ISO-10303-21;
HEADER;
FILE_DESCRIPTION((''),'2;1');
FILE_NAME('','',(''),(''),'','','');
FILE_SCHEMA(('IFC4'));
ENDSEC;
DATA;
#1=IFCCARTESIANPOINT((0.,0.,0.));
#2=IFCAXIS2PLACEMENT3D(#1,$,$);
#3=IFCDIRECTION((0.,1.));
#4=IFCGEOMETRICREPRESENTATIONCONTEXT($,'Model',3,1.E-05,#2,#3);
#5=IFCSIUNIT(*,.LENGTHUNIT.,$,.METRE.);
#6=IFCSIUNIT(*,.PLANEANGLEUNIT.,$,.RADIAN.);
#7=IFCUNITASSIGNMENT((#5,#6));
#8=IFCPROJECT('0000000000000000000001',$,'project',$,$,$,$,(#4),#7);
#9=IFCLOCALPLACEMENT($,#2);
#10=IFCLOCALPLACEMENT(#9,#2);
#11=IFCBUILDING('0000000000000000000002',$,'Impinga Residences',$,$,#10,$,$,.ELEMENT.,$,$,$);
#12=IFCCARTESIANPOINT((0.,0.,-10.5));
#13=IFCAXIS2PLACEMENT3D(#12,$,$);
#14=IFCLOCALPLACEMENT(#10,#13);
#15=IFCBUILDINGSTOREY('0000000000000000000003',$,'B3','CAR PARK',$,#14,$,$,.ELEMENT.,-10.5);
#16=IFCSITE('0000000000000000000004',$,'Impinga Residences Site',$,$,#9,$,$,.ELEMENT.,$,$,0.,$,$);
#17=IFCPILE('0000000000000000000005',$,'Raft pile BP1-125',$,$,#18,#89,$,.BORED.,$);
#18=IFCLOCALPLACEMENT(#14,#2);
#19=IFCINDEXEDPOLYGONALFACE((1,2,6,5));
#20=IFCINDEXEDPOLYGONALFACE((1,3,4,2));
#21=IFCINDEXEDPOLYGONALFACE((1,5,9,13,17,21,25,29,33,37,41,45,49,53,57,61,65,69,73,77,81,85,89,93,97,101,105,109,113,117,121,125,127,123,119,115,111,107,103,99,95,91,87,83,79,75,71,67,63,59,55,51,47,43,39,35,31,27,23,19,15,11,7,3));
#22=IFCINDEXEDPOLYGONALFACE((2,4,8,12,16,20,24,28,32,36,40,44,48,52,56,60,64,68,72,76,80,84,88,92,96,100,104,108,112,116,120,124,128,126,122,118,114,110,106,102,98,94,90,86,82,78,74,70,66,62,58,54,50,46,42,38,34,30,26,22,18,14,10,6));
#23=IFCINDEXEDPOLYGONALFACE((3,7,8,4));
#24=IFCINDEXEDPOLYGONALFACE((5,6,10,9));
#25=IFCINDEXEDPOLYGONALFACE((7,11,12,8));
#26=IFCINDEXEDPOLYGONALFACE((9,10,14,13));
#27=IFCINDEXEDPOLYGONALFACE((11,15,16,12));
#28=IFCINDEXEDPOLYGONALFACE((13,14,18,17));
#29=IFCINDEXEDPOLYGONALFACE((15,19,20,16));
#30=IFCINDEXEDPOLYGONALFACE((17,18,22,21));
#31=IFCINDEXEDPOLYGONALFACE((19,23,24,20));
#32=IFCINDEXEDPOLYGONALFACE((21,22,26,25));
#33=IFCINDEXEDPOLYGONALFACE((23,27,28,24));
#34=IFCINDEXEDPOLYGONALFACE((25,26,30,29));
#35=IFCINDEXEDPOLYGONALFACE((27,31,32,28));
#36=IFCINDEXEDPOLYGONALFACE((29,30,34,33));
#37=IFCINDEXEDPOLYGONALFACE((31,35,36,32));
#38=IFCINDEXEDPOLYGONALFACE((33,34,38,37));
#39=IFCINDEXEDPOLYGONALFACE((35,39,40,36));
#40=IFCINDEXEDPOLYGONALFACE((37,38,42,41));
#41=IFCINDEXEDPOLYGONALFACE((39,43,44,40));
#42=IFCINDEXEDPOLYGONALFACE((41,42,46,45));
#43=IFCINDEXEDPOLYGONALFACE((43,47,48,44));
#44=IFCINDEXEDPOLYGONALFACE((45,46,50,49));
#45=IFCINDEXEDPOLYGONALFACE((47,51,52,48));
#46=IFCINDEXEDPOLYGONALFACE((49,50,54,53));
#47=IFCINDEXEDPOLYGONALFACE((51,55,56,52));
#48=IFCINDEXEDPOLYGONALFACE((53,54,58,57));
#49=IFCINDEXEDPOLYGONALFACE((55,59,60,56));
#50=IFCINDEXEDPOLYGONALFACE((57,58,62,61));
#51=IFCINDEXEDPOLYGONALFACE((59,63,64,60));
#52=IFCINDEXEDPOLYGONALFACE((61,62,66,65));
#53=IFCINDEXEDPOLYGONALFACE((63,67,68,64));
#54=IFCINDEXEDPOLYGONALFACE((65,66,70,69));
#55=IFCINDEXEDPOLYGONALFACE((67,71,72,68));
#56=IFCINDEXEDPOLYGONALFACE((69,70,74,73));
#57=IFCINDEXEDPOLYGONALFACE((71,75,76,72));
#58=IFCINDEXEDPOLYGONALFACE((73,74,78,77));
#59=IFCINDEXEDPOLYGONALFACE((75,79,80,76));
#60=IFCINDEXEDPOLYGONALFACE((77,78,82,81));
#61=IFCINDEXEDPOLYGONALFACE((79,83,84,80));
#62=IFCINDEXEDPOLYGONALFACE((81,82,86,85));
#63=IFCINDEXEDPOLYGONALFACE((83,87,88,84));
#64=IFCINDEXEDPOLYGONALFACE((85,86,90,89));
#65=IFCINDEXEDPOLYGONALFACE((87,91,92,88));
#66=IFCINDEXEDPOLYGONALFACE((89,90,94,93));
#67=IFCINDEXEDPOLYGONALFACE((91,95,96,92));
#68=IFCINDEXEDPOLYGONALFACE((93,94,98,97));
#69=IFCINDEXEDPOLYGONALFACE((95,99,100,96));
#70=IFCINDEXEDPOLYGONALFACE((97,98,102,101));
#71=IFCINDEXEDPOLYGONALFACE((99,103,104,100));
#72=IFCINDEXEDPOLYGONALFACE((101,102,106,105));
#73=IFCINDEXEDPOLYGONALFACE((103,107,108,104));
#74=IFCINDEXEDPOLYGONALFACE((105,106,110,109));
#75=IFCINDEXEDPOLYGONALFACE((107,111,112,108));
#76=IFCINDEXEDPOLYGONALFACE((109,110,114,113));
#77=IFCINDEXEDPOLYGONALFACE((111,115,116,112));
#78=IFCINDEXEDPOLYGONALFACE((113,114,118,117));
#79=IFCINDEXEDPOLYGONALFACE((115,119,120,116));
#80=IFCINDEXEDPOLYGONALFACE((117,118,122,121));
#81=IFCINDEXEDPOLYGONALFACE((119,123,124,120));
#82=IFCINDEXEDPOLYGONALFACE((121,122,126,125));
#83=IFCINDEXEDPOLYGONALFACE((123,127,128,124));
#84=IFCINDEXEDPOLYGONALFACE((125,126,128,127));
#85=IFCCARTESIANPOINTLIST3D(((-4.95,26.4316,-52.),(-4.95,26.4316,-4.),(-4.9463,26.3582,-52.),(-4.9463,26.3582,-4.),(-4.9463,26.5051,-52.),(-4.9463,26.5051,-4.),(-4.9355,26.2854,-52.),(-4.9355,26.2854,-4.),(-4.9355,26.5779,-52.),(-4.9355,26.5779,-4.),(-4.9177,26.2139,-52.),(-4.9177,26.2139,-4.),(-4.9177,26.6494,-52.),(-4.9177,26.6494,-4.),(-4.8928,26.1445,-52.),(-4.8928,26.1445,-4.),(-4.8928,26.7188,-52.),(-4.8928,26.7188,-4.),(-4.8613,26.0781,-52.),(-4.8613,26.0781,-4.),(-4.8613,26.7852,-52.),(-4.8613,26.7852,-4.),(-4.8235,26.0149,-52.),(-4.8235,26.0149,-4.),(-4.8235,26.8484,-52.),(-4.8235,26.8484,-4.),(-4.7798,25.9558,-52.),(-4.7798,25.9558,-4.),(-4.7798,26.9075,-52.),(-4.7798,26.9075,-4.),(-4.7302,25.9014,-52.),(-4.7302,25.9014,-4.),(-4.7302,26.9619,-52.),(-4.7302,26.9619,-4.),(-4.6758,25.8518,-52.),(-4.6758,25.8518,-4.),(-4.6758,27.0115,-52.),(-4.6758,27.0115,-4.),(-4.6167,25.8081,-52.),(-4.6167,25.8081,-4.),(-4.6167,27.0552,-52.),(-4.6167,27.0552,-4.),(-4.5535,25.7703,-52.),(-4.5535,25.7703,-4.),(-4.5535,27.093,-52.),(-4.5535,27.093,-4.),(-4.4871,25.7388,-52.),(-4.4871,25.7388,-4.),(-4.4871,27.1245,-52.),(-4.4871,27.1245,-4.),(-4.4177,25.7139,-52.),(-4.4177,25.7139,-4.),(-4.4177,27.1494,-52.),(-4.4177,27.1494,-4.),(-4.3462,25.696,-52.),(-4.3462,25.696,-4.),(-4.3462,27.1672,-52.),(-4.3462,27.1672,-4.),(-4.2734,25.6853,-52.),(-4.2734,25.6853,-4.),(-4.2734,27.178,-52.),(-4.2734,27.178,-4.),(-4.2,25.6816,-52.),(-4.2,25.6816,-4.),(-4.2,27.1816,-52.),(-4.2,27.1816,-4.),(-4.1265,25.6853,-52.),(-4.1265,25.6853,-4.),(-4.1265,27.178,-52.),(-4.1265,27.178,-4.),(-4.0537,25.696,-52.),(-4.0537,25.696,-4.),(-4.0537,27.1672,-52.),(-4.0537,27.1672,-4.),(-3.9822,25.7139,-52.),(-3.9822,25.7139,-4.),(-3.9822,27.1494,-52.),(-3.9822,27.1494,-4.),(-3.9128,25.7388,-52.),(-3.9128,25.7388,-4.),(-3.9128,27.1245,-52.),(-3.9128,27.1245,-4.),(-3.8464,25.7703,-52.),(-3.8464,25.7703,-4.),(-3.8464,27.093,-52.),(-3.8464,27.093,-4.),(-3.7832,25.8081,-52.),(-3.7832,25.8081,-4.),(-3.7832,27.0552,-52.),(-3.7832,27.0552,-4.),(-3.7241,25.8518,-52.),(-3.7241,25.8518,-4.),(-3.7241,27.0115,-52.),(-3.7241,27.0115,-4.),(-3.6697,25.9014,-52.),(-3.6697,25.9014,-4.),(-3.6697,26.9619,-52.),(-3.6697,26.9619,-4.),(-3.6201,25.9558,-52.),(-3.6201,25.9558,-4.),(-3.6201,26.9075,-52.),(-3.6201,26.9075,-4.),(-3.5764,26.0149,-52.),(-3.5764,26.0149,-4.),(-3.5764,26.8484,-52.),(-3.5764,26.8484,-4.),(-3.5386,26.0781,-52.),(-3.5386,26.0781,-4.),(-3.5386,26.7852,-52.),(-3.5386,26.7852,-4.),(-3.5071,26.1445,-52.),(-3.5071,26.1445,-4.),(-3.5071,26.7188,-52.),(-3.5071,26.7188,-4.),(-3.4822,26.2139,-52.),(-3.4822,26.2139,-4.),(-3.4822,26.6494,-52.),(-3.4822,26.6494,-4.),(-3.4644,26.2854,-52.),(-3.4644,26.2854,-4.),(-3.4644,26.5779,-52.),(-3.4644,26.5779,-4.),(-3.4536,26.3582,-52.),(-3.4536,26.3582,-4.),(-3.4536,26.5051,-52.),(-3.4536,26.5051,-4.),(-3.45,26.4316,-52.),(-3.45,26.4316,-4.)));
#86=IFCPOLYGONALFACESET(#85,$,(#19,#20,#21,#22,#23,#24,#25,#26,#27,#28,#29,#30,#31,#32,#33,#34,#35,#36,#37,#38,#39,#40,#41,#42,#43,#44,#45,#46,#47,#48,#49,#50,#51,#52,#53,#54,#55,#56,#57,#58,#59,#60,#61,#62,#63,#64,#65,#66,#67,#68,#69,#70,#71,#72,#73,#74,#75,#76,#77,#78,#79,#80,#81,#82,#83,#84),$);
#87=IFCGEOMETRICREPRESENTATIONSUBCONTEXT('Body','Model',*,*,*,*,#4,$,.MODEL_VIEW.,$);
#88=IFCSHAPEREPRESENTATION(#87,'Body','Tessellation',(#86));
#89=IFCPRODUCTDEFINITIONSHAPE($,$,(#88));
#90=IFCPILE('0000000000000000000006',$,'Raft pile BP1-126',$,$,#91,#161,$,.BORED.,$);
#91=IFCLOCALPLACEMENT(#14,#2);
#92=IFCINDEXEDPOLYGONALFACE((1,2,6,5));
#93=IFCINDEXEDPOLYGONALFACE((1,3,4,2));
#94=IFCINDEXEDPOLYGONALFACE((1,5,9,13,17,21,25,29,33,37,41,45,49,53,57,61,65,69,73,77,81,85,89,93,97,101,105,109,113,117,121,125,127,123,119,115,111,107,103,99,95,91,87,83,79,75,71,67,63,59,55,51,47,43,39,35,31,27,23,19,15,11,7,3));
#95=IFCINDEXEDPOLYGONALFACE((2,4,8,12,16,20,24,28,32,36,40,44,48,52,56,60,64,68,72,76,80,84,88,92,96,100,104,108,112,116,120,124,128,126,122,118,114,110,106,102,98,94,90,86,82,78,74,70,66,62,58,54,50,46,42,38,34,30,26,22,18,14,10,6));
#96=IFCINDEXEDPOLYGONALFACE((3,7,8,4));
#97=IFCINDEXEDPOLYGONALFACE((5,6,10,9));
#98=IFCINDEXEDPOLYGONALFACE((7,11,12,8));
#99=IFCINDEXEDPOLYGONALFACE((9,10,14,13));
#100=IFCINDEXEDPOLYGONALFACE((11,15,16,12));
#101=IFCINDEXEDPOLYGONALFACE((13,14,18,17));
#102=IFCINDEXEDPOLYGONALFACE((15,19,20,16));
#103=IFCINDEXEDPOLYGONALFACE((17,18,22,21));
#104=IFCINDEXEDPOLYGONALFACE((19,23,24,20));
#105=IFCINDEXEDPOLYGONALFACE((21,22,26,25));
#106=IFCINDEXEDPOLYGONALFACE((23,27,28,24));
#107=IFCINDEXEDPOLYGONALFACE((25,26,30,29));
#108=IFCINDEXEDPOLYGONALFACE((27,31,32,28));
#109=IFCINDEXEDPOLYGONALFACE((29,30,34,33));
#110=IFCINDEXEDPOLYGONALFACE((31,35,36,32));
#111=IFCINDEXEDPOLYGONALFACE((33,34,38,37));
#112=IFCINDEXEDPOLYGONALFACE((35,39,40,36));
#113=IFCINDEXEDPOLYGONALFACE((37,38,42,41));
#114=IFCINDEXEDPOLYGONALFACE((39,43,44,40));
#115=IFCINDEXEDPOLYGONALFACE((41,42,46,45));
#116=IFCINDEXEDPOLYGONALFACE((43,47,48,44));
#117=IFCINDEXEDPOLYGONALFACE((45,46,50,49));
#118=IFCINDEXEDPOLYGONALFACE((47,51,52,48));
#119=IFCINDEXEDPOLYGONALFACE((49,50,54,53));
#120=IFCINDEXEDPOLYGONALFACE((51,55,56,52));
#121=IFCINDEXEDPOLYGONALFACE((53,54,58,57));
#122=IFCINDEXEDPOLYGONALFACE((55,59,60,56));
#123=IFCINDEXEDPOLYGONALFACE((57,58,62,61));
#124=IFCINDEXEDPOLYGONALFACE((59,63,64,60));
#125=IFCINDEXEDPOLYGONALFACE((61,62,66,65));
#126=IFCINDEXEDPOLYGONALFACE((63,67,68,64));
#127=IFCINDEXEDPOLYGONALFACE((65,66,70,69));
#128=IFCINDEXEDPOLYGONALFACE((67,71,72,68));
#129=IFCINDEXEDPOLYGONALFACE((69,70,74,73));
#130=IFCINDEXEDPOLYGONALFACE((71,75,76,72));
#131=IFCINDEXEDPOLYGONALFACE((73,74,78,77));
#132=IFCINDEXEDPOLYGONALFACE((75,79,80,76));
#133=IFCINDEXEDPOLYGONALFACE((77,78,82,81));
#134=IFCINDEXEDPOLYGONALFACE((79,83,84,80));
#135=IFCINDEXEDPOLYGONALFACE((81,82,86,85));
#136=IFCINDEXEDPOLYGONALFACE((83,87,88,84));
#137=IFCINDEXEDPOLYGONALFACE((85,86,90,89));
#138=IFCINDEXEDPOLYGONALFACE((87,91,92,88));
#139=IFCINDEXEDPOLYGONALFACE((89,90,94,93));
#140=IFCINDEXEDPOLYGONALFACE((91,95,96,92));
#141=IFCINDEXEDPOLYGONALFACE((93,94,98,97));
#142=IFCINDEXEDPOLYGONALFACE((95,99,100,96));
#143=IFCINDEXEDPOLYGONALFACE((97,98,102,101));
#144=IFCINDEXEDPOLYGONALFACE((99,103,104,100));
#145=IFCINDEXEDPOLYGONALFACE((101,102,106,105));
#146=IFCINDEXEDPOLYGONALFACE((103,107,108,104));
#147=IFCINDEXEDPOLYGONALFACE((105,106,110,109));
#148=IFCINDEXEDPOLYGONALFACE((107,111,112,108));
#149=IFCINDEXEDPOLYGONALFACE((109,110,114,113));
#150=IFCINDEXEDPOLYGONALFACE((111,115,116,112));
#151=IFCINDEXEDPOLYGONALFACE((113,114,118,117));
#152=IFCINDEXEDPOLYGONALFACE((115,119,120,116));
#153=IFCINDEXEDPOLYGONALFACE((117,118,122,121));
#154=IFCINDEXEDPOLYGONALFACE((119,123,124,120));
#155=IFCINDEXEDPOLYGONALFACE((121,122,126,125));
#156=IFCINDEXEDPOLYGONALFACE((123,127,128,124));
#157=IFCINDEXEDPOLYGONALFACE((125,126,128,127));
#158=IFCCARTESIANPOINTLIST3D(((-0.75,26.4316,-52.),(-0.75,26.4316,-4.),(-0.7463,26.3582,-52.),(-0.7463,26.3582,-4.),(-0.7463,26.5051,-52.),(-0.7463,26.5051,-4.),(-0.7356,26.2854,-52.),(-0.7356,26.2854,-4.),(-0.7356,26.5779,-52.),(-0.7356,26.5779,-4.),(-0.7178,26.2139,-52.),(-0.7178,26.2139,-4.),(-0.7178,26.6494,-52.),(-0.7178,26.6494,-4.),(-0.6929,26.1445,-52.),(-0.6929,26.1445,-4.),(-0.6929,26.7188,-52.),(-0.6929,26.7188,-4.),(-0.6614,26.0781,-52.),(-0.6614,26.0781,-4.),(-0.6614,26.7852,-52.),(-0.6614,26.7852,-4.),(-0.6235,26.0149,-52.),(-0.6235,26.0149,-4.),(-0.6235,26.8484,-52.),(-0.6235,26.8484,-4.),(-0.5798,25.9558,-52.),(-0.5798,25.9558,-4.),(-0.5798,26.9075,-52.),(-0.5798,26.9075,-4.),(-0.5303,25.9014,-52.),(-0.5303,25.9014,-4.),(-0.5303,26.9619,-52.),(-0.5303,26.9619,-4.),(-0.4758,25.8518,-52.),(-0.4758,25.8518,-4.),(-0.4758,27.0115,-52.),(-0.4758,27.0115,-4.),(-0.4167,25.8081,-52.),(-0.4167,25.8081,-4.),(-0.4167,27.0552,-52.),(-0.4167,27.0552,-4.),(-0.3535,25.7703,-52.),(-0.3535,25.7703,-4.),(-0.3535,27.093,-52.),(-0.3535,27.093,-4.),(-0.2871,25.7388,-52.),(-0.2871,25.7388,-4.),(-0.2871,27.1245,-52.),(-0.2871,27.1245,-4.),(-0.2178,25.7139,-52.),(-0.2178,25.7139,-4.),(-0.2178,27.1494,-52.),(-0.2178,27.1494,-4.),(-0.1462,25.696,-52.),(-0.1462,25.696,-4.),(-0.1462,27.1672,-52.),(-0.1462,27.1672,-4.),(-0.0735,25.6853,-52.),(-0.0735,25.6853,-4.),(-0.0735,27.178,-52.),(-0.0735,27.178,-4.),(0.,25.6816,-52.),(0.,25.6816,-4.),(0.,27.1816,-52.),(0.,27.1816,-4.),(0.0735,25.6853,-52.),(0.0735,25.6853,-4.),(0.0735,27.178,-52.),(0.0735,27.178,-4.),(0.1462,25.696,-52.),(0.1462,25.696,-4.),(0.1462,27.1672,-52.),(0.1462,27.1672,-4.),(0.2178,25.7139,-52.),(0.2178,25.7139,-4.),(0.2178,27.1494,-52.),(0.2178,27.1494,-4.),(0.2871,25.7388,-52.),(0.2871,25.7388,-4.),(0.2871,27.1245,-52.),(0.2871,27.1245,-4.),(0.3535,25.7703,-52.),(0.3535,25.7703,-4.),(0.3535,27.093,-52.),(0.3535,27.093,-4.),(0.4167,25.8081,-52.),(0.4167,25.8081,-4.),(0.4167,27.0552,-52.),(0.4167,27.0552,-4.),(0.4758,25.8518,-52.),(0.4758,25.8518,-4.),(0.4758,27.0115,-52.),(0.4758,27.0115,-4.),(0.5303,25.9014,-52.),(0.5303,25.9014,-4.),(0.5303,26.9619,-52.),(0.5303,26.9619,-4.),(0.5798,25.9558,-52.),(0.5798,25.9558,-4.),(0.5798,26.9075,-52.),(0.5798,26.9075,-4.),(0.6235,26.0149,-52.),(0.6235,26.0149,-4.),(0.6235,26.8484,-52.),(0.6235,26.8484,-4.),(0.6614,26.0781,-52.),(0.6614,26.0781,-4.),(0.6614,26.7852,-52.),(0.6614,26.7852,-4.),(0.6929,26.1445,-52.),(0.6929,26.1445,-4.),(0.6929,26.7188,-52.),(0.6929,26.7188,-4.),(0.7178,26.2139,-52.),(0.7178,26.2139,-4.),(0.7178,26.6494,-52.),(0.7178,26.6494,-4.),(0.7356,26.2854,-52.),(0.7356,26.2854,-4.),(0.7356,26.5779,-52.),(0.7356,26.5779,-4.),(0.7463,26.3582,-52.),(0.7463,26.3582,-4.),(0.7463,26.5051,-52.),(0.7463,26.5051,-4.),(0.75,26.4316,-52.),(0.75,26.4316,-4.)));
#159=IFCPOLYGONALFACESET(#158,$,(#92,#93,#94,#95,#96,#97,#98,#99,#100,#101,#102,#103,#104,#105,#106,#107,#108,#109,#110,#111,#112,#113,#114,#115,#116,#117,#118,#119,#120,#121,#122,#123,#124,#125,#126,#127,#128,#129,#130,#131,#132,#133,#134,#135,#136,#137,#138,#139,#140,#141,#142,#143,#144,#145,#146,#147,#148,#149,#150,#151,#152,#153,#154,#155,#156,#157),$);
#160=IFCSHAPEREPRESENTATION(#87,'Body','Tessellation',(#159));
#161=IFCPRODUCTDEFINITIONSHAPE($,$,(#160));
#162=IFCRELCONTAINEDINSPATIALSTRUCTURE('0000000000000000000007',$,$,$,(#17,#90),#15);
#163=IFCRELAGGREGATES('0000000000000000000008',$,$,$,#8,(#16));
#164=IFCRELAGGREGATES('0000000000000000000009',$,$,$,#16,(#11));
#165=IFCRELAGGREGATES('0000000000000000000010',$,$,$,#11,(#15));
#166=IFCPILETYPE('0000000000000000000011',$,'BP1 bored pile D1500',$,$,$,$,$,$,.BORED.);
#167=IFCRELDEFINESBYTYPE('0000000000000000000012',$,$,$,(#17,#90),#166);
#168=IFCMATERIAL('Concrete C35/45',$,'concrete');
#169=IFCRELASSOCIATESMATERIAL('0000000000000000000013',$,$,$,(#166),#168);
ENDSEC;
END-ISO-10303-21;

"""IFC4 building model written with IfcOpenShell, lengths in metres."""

from ifc_helpers import new_model, si_unit, direction, frame, origin, origin_2d, place, context, subcontext, project, spatial, polyline, circle, outline, extrude, material, material_profile, profile_set, type_object, element, save


model = new_model("IFC4")

# Units and contexts
model_context = context("Model", 3, precision=1e-05, world=origin(), true_north=direction((0.0, 1.0)))
body_context = subcontext(model_context, "Body", "Model", "MODEL_VIEW")
ifc_project = project(units=[si_unit("LENGTHUNIT", "METRE"), si_unit("PLANEANGLEUNIT", "RADIAN")], contexts=[model_context])

# Site, building, storey
site_placement = place(None, origin())
site = spatial("IfcSite", under=ifc_project, at=site_placement, Name="Impinga Residences Site", CompositionType="ELEMENT", RefElevation=0.0)
building_placement = place(site_placement, origin())
building = spatial("IfcBuilding", under=site, at=building_placement, Name="Impinga Residences", CompositionType="ELEMENT")
storey_placement = place(building_placement, frame((0.0, 0.0, -10.5)))
storey = spatial("IfcBuildingStorey", under=building, at=storey_placement, Name="B3", Description="CAR PARK", CompositionType="ELEMENT", Elevation=-10.5)

# Piles
ifc_material_1 = material(Name="Concrete C35/45", Category="concrete")
ifc_material_profile_1 = material_profile(ifc_material_1, circle(Radius=0.75, at=origin_2d()), Name="D1500")
ifc_profile_set_1 = profile_set([ifc_material_profile_1], Name="Concrete C35/45")
pile_type_1 = type_object("IfcPileType", Name="BP1 bored pile D1500", PredefinedType="BORED", material=ifc_profile_set_1)
pile_1_placement = place(storey_placement, frame((-4.2, 26.4316, -4.0), z_axis=(0.0, 0.0, -1.0), x_axis=(1.0, 0.0, 0.0)))
element("IfcPile", 1, at=pile_1_placement, inside=storey, type_object=pile_type_1, Name="Raft pile BP1-125", PredefinedType="BORED", context=body_context, shape_type="SweptSolid", body=[
    extrude(outline(polyline([(0.75, 0.0), (0.7463, 0.0735), (0.7356, 0.1462), (0.7178, 0.2178), (0.6929, 0.2871), (0.6614, 0.3535), (0.6235, 0.4167), (0.5798, 0.4758), (0.5303, 0.5303), (0.4758, 0.5798), (0.4167, 0.6235), (0.3535, 0.6614), (0.2871, 0.6929), (0.2178, 0.7178), (0.1462, 0.7356), (0.0735, 0.7463), (0.0, 0.75), (-0.0735, 0.7463), (-0.1462, 0.7356), (-0.2178, 0.7178), (-0.2871, 0.6929), (-0.3535, 0.6614), (-0.4167, 0.6235), (-0.4758, 0.5798), (-0.5303, 0.5303), (-0.5798, 0.4758), (-0.6235, 0.4167), (-0.6614, 0.3535), (-0.6929, 0.2871), (-0.7178, 0.2178), (-0.7356, 0.1462), (-0.7463, 0.0735), (-0.75, 0.0), (-0.7463, -0.0735), (-0.7356, -0.1462), (-0.7178, -0.2178), (-0.6929, -0.2871), (-0.6614, -0.3535), (-0.6235, -0.4167), (-0.5798, -0.4758), (-0.5303, -0.5303), (-0.4758, -0.5798), (-0.4167, -0.6235), (-0.3535, -0.6614), (-0.2871, -0.6929), (-0.2178, -0.7178), (-0.1462, -0.7356), (-0.0735, -0.7463), (0.0, -0.75), (0.0735, -0.7463), (0.1462, -0.7356), (0.2178, -0.7178), (0.2871, -0.6929), (0.3535, -0.6614), (0.4167, -0.6235), (0.4758, -0.5798), (0.5303, -0.5303), (0.5798, -0.4758), (0.6235, -0.4167), (0.6614, -0.3535), (0.6929, -0.2871), (0.7178, -0.2178), (0.7356, -0.1462), (0.7463, -0.0735), (0.75, 0.0)])), origin(), (0.0, 0.0, 1.0), 48.0),
])
pile_2_placement = place(storey_placement, frame((0.0, 26.4316, -4.0), z_axis=(0.0, 0.0, -1.0), x_axis=(1.0, 0.0, 0.0)))
element("IfcPile", 2, at=pile_2_placement, inside=storey, type_object=pile_type_1, Name="Raft pile BP1-126", PredefinedType="BORED", context=body_context, shape_type="SweptSolid", body=[
    extrude(outline(polyline([(0.75, 0.0), (0.7463, 0.0735), (0.7356, 0.1462), (0.7178, 0.2178), (0.6929, 0.2871), (0.6614, 0.3535), (0.6235, 0.4167), (0.5798, 0.4758), (0.5303, 0.5303), (0.4758, 0.5798), (0.4167, 0.6235), (0.3535, 0.6614), (0.2871, 0.6929), (0.2178, 0.7178), (0.1462, 0.7356), (0.0735, 0.7463), (0.0, 0.75), (-0.0735, 0.7463), (-0.1462, 0.7356), (-0.2178, 0.7178), (-0.2871, 0.6929), (-0.3535, 0.6614), (-0.4167, 0.6235), (-0.4758, 0.5798), (-0.5303, 0.5303), (-0.5798, 0.4758), (-0.6235, 0.4167), (-0.6614, 0.3535), (-0.6929, 0.2871), (-0.7178, 0.2178), (-0.7356, 0.1462), (-0.7463, 0.0735), (-0.75, 0.0), (-0.7463, -0.0735), (-0.7356, -0.1462), (-0.7178, -0.2178), (-0.6929, -0.2871), (-0.6614, -0.3535), (-0.6235, -0.4167), (-0.5798, -0.4758), (-0.5303, -0.5303), (-0.4758, -0.5798), (-0.4167, -0.6235), (-0.3535, -0.6614), (-0.2871, -0.6929), (-0.2178, -0.7178), (-0.1462, -0.7356), (-0.0735, -0.7463), (0.0, -0.75), (0.0735, -0.7463), (0.1462, -0.7356), (0.2178, -0.7178), (0.2871, -0.6929), (0.3535, -0.6614), (0.4167, -0.6235), (0.4758, -0.5798), (0.5303, -0.5303), (0.5798, -0.4758), (0.6235, -0.4167), (0.6614, -0.3535), (0.6929, -0.2871), (0.7178, -0.2178), (0.7356, -0.1462), (0.7463, -0.0735), (0.75, 0.0)])), origin(), (0.0, 0.0, 1.0), 48.0),
])

save(model, "model.ifc")
